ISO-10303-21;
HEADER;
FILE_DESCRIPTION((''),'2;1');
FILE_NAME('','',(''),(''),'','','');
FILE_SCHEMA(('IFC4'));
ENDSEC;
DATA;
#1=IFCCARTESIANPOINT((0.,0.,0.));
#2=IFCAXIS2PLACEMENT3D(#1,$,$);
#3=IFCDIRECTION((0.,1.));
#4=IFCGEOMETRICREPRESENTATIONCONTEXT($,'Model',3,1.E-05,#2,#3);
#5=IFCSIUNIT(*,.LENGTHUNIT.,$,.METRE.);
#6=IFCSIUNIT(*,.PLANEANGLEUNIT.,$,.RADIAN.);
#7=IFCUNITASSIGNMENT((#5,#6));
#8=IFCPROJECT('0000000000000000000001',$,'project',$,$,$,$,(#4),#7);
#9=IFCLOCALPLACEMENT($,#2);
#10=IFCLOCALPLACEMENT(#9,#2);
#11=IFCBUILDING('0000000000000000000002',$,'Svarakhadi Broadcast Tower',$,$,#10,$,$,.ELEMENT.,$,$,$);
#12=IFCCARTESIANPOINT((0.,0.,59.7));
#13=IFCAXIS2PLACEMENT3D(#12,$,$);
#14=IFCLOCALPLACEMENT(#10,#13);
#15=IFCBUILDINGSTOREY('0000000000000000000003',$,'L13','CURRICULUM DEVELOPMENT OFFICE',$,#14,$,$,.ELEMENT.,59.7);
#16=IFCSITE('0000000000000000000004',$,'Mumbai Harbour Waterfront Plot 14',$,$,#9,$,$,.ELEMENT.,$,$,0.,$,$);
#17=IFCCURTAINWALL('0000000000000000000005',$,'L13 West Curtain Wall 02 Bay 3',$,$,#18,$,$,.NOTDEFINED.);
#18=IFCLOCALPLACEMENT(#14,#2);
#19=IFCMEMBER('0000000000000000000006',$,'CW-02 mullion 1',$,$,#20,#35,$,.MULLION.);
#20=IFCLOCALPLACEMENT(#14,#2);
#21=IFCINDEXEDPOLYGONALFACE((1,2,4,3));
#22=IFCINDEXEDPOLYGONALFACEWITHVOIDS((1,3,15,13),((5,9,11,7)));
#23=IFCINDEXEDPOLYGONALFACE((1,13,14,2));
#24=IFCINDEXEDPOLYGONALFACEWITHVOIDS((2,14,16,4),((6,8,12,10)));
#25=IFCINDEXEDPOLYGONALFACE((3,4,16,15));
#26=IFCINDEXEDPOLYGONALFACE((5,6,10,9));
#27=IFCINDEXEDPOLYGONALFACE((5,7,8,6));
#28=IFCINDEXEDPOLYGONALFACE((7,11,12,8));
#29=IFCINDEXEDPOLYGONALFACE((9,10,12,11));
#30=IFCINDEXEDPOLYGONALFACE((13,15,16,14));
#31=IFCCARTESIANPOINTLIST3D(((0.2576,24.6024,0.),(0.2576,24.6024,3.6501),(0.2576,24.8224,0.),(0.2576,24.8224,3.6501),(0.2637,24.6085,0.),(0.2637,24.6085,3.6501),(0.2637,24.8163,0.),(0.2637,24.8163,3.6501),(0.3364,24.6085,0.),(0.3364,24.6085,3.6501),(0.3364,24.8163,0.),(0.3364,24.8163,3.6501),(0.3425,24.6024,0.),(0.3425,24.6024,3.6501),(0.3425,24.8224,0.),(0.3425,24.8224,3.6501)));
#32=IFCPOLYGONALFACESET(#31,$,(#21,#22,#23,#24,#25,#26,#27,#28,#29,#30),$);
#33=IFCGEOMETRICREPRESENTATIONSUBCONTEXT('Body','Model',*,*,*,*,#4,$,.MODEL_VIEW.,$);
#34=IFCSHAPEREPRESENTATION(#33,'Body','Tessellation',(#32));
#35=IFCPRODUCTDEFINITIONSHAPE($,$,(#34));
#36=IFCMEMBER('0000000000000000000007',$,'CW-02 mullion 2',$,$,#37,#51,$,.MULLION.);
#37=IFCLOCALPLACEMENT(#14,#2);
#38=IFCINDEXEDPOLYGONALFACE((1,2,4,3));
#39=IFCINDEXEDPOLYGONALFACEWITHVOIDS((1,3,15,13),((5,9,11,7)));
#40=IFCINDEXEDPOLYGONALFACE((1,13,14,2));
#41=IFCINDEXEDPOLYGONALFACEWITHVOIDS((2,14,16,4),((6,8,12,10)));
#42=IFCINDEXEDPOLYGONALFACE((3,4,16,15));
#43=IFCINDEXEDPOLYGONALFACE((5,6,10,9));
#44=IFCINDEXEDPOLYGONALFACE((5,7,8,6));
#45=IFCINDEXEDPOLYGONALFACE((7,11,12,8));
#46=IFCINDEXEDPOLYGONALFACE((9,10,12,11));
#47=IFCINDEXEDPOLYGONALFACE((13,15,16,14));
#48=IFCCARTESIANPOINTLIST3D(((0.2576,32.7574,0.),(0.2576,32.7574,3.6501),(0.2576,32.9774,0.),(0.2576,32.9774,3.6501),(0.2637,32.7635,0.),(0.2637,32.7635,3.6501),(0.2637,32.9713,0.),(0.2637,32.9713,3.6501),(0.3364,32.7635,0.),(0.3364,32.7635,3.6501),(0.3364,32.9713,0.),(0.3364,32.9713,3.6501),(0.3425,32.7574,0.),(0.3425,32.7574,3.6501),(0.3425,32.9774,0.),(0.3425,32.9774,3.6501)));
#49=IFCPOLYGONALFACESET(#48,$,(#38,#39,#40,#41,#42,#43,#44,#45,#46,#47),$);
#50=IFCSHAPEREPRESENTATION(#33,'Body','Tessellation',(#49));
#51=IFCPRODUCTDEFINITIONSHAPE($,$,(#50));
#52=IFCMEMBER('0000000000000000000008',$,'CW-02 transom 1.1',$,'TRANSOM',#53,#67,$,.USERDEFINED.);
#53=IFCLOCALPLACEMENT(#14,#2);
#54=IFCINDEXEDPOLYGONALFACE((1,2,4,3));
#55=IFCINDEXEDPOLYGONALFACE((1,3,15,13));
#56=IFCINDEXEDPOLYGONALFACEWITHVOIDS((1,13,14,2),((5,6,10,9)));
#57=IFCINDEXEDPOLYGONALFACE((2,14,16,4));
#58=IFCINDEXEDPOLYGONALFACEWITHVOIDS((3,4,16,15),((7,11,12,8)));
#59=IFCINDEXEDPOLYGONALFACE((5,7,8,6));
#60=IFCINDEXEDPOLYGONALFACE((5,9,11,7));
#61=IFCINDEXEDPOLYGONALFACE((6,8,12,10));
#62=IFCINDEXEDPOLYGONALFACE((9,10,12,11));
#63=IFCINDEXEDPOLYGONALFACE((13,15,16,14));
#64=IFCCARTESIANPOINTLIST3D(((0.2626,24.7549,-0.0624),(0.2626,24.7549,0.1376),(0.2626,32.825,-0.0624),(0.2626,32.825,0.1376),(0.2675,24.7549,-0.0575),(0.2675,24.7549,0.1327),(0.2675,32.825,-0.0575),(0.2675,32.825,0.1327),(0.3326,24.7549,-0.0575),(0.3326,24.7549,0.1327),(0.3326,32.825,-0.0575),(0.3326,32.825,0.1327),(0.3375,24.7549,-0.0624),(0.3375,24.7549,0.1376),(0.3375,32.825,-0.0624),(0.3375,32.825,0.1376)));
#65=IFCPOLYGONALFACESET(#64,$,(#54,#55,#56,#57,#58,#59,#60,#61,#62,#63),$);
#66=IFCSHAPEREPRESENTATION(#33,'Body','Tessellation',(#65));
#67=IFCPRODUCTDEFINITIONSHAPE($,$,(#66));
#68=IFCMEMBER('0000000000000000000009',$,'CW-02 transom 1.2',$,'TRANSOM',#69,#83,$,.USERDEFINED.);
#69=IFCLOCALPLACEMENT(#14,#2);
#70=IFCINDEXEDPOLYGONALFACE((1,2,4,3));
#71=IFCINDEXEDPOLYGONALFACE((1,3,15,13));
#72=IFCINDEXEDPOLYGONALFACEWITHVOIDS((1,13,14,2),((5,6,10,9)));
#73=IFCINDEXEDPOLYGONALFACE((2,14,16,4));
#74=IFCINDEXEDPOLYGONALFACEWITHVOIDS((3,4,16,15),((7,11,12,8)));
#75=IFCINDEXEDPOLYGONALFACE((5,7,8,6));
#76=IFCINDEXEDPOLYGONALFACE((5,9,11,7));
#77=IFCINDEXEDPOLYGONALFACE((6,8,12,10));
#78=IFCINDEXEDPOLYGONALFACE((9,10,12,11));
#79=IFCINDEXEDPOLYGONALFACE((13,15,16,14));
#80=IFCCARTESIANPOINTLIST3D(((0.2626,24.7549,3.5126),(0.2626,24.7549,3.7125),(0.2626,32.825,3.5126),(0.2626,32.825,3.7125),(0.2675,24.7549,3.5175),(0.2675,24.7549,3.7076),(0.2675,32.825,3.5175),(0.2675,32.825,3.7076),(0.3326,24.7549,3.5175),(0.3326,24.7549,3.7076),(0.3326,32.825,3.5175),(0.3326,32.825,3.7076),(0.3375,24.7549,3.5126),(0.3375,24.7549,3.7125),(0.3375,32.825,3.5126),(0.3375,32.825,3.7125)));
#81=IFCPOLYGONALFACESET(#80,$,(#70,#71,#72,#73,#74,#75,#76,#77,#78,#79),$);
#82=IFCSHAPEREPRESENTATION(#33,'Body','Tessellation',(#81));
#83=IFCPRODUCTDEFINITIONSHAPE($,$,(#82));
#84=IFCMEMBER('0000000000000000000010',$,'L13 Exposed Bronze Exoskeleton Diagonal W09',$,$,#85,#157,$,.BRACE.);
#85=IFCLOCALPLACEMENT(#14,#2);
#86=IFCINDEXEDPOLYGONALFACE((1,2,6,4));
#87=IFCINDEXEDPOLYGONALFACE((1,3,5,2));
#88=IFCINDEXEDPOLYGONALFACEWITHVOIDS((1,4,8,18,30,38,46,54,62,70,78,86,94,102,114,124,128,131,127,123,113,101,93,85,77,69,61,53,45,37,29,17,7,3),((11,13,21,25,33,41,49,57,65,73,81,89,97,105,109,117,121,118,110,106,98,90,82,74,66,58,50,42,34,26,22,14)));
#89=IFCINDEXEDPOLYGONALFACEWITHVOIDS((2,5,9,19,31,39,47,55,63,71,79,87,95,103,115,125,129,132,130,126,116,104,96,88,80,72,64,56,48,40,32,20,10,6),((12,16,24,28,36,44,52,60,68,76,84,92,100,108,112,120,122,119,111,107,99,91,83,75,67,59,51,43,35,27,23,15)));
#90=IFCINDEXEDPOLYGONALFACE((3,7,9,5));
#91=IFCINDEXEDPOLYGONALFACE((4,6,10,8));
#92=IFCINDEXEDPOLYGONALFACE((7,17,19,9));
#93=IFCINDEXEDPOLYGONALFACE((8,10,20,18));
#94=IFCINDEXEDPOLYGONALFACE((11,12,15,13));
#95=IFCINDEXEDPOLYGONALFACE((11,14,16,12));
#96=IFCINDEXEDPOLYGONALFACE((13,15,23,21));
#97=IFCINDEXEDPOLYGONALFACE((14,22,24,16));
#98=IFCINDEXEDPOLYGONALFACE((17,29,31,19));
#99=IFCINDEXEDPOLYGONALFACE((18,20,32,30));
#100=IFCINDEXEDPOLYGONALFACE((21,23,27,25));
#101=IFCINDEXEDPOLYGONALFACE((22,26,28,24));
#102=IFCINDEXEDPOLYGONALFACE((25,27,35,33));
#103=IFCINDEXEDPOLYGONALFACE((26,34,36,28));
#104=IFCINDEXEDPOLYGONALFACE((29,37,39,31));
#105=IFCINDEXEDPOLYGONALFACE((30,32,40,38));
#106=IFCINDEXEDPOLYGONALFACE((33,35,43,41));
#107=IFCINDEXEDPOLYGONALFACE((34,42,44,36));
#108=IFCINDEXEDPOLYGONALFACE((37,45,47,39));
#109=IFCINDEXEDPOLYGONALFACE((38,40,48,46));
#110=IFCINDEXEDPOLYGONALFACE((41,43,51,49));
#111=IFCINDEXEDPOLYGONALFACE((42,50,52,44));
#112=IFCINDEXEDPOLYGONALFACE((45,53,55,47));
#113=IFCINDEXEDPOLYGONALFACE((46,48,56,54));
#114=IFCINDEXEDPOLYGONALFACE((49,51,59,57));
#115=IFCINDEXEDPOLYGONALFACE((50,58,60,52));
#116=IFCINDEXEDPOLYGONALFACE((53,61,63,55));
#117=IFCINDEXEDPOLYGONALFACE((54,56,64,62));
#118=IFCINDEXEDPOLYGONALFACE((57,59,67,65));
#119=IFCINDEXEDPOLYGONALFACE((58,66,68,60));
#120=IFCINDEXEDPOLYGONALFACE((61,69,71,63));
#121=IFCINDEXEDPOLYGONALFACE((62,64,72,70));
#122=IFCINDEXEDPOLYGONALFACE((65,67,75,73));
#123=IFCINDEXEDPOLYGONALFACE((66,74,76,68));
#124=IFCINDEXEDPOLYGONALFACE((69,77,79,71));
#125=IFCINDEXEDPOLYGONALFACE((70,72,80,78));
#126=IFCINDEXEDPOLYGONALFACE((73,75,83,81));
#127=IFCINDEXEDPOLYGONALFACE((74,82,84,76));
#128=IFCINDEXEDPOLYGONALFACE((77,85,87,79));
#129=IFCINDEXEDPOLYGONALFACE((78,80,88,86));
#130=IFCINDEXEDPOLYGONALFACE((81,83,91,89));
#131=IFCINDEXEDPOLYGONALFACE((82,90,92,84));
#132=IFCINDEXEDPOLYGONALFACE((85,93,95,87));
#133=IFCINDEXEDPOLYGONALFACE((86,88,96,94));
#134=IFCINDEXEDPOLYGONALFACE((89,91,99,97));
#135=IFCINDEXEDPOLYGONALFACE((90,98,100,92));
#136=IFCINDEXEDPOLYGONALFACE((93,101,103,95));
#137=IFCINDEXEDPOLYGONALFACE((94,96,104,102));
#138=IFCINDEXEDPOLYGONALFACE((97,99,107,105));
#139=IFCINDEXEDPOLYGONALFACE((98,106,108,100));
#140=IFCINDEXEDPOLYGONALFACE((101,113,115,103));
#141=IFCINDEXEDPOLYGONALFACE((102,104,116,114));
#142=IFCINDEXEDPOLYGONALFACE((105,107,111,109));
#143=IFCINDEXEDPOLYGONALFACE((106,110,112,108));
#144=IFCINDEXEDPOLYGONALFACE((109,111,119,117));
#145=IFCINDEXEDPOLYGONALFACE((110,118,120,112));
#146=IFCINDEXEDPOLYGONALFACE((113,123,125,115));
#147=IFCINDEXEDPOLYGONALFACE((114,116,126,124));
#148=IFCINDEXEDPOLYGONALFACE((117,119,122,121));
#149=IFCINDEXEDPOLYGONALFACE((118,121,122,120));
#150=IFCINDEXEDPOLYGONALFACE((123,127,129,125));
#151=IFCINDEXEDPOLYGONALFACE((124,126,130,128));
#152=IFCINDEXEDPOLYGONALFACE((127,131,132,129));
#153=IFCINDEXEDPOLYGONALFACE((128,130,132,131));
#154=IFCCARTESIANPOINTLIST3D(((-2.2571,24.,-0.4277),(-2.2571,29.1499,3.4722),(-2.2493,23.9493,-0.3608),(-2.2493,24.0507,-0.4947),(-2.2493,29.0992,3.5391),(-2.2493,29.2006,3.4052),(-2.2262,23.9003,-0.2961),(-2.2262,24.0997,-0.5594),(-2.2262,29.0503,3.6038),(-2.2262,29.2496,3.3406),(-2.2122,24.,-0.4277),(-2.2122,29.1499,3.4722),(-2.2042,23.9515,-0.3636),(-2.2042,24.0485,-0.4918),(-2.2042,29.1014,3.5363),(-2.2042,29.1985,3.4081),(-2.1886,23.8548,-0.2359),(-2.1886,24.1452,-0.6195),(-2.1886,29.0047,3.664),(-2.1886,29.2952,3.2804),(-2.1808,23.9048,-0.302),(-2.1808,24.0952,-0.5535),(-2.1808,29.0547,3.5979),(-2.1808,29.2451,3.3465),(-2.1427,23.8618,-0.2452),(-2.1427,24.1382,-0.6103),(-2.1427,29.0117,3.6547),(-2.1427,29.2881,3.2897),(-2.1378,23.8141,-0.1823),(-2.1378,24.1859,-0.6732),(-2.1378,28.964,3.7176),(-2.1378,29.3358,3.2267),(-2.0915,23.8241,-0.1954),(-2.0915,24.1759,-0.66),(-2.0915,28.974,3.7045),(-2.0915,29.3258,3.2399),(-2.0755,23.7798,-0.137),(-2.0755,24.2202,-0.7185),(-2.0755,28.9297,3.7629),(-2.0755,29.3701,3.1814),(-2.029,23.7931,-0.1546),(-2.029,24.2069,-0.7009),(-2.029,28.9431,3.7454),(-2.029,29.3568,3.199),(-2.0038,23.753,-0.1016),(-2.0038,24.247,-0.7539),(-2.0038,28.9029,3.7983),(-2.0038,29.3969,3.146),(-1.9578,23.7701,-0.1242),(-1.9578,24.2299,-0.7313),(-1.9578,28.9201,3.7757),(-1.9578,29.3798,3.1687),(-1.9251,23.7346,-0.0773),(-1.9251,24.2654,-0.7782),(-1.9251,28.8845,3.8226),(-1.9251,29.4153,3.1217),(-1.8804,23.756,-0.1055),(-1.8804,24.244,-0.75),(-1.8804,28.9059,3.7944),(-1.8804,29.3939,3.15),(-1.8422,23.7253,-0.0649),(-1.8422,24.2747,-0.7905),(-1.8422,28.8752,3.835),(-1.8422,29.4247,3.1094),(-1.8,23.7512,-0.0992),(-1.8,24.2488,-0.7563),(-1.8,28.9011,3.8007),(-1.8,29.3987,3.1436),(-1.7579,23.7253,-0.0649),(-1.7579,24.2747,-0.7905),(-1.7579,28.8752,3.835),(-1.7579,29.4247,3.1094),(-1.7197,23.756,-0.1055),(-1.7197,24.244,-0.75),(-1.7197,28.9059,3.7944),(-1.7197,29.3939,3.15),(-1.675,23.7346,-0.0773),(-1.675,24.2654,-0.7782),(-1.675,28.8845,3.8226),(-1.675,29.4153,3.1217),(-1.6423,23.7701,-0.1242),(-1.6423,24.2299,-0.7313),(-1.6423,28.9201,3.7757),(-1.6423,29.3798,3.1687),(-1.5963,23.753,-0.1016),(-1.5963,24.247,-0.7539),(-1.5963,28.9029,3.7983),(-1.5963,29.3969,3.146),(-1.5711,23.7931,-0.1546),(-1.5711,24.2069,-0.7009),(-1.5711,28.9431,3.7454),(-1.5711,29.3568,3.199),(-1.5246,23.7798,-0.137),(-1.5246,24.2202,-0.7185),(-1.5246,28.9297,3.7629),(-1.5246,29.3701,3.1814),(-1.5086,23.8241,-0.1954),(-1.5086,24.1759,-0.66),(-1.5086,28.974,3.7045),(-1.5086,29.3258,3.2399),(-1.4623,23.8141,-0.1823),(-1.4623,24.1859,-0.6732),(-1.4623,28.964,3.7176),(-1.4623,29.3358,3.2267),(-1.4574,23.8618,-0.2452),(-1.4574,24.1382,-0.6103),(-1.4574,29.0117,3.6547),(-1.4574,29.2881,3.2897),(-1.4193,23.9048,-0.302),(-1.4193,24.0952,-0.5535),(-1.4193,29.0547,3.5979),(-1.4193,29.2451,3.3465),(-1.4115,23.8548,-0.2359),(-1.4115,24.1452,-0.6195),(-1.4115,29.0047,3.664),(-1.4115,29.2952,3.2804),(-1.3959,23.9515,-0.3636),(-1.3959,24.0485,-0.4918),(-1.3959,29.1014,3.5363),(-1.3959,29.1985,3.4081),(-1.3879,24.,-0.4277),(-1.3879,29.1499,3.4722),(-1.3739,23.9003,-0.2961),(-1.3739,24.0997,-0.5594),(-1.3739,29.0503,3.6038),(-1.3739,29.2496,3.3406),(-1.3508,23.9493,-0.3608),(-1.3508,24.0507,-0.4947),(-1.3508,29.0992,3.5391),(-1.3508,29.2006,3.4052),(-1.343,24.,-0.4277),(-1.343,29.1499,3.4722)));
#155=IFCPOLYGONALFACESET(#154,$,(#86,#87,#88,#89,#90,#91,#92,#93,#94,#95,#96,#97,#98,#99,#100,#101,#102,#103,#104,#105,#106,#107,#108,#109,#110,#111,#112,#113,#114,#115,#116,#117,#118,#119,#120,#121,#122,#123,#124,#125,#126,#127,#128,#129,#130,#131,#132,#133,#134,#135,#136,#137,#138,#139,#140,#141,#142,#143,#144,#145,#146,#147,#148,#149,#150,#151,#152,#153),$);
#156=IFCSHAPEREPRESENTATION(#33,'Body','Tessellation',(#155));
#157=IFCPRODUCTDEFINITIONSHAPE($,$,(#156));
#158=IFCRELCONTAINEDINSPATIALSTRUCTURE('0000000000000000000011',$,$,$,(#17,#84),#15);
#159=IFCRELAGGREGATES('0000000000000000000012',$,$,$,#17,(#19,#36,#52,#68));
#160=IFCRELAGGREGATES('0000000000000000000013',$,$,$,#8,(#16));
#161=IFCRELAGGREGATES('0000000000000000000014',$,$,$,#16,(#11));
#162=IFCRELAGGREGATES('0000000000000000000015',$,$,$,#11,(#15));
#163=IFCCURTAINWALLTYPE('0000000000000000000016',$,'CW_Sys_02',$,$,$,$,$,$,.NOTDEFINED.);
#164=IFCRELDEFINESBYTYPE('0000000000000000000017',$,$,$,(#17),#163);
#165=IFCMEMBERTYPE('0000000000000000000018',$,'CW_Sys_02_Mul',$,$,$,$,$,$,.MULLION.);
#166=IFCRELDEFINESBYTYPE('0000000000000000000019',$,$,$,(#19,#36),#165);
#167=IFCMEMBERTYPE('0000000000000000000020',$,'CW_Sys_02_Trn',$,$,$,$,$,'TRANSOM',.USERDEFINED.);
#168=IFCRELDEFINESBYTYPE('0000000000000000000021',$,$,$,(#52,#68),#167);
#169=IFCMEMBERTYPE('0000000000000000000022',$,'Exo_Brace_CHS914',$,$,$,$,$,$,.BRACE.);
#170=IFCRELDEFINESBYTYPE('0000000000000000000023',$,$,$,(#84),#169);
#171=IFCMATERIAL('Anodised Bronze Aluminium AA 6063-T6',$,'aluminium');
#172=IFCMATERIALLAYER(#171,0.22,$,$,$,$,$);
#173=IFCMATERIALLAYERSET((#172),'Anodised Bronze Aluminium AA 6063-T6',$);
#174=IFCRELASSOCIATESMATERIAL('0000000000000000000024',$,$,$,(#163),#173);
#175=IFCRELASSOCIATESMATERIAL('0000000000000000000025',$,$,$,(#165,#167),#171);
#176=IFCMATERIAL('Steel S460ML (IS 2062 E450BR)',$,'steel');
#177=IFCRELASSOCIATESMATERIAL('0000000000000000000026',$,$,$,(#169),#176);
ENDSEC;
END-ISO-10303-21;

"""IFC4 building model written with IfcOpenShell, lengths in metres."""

from ifc_helpers import new_model, si_unit, direction, frame, origin, origin_2d, place, context, subcontext, project, spatial, hollow_rectangle, hollow_circle, extrude, material, layer, layer_set, material_profile, profile_set, type_object, element, aggregate, save


model = new_model("IFC4")

# Units and contexts
model_context = context("Model", 3, precision=1e-05, world=origin(), true_north=direction((0.0, 1.0)))
body_context = subcontext(model_context, "Body", "Model", "MODEL_VIEW")
ifc_project = project(units=[si_unit("LENGTHUNIT", "METRE"), si_unit("PLANEANGLEUNIT", "RADIAN")], contexts=[model_context])

# Site, building, storey
site_placement = place(None, origin())
site = spatial("IfcSite", under=ifc_project, at=site_placement, Name="Mumbai Harbour Waterfront Plot 14", CompositionType="ELEMENT", RefElevation=0.0)
building_placement = place(site_placement, origin())
building = spatial("IfcBuilding", under=site, at=building_placement, Name="Svarakhadi Broadcast Tower", CompositionType="ELEMENT")
storey_placement = place(building_placement, frame((0.0, 0.0, 59.7)))
storey = spatial("IfcBuildingStorey", under=building, at=storey_placement, Name="L13", Description="CURRICULUM DEVELOPMENT OFFICE", CompositionType="ELEMENT", Elevation=59.7)

# Shared definitions
ifc_material_1 = material(Name="Steel S460ML (IS 2062 E450BR)", Category="steel")

# Curtain wall, members
ifc_material_2 = material(Name="Anodised Bronze Aluminium AA 6063-T6", Category="aluminium")
ifc_layer_1 = layer(ifc_material_2, 0.22)
ifc_layer_set_1 = layer_set([ifc_layer_1], Name="Anodised Bronze Aluminium AA 6063-T6")
curtain_wall_type = type_object("IfcCurtainWallType", Name="CW_Sys_02", PredefinedType="NOTDEFINED", material=ifc_layer_set_1)
curtain_wall_placement = place(storey_placement, origin())
curtain_wall = element("IfcCurtainWall", 1, at=curtain_wall_placement, inside=storey, type_object=curtain_wall_type, Name="L13 West Curtain Wall 02 Bay 3", PredefinedType="NOTDEFINED")
ifc_material_profile_1 = material_profile(ifc_material_2, hollow_rectangle(XDim=0.085, YDim=0.22, WallThickness=0.0061, at=origin_2d()), Name="ALU MULLION 220x85x6")
ifc_profile_set_1 = profile_set([ifc_material_profile_1], Name="Anodised Bronze Aluminium AA 6063-T6")
member_type_1 = type_object("IfcMemberType", Name="CW_Sys_02_Mul", PredefinedType="MULLION", material=ifc_profile_set_1)
member_1_placement = place(storey_placement, frame((0.3, 24.7124, 0.0), z_axis=(0.0, 0.0, 1.0), x_axis=(-1.0, 0.0, 0.0)))
member_1 = element("IfcMember", 2, at=member_1_placement, type_object=member_type_1, Name="CW-02 mullion 1", PredefinedType="MULLION", context=body_context, shape_type="SweptSolid", body=[
    extrude(hollow_rectangle(XDim=0.085, YDim=0.22, WallThickness=0.0061, at=origin_2d()), origin(), (0.0, 0.0, 1.0), 3.6501),
])
member_2_placement = place(storey_placement, frame((0.3, 32.8674, 0.0), z_axis=(0.0, 0.0, 1.0), x_axis=(-1.0, 0.0, 0.0)))
member_2 = element("IfcMember", 3, at=member_2_placement, type_object=member_type_1, Name="CW-02 mullion 2", PredefinedType="MULLION", context=body_context, shape_type="SweptSolid", body=[
    extrude(hollow_rectangle(XDim=0.085, YDim=0.22, WallThickness=0.0061, at=origin_2d()), origin(), (0.0, 0.0, 1.0), 3.6501),
])
ifc_material_profile_2 = material_profile(ifc_material_2, hollow_rectangle(XDim=0.075, YDim=0.2, WallThickness=0.0049, at=origin_2d()), Name="ALU TRANSOM 200x75x5")
ifc_profile_set_2 = profile_set([ifc_material_profile_2], Name="Anodised Bronze Aluminium AA 6063-T6")
member_type_2 = type_object("IfcMemberType", Name="CW_Sys_02_Trn", ElementType="TRANSOM", PredefinedType="USERDEFINED", material=ifc_profile_set_2)
member_3_placement = place(storey_placement, frame((0.3, 24.7549, 0.0376), z_axis=(0.0, 1.0, 0.0), x_axis=(-1.0, 0.0, 0.0)))
member_3 = element("IfcMember", 4, at=member_3_placement, type_object=member_type_2, Name="CW-02 transom 1.1", ObjectType="TRANSOM", PredefinedType="USERDEFINED", context=body_context, shape_type="SweptSolid", body=[
    extrude(hollow_rectangle(XDim=0.075, YDim=0.2, WallThickness=0.0049, at=origin_2d()), origin(), (0.0, 0.0, 1.0), 8.0701),
])
member_4_placement = place(storey_placement, frame((0.3, 24.7549, 3.6125), z_axis=(0.0, 1.0, 0.0), x_axis=(-1.0, 0.0, 0.0)))
member_4 = element("IfcMember", 5, at=member_4_placement, type_object=member_type_2, Name="CW-02 transom 1.2", ObjectType="TRANSOM", PredefinedType="USERDEFINED", context=body_context, shape_type="SweptSolid", body=[
    extrude(hollow_rectangle(XDim=0.075, YDim=0.2, WallThickness=0.0049, at=origin_2d()), origin(), (0.0, 0.0, 1.0), 8.0701),
])

# Member
ifc_material_profile_3 = material_profile(ifc_material_1, hollow_circle(Radius=0.457, WallThickness=0.0449, at=origin_2d()), Name="CHS 914x45")
ifc_profile_set_3 = profile_set([ifc_material_profile_3], Name="Steel S460ML (IS 2062 E450BR)")
member_type_3 = type_object("IfcMemberType", Name="Exo_Brace_CHS914", PredefinedType="BRACE", material=ifc_profile_set_3)
member_5_placement = place(storey_placement, frame((-1.8, 24.0, -0.4277), z_axis=(0.0, 0.797207, 0.603706), x_axis=(-1.0, 0.0, 0.0)))
element("IfcMember", 6, at=member_5_placement, inside=storey, type_object=member_type_3, Name="L13 Exposed Bronze Exoskeleton Diagonal W09", PredefinedType="BRACE", context=body_context, shape_type="SweptSolid", body=[
    extrude(hollow_circle(Radius=0.457, WallThickness=0.0449, at=origin_2d()), origin(), (0.0, 0.0, 1.0), 6.46),
])

aggregate(curtain_wall, [member_1, member_2, member_3, member_4])

save(model, "model.ifc")
